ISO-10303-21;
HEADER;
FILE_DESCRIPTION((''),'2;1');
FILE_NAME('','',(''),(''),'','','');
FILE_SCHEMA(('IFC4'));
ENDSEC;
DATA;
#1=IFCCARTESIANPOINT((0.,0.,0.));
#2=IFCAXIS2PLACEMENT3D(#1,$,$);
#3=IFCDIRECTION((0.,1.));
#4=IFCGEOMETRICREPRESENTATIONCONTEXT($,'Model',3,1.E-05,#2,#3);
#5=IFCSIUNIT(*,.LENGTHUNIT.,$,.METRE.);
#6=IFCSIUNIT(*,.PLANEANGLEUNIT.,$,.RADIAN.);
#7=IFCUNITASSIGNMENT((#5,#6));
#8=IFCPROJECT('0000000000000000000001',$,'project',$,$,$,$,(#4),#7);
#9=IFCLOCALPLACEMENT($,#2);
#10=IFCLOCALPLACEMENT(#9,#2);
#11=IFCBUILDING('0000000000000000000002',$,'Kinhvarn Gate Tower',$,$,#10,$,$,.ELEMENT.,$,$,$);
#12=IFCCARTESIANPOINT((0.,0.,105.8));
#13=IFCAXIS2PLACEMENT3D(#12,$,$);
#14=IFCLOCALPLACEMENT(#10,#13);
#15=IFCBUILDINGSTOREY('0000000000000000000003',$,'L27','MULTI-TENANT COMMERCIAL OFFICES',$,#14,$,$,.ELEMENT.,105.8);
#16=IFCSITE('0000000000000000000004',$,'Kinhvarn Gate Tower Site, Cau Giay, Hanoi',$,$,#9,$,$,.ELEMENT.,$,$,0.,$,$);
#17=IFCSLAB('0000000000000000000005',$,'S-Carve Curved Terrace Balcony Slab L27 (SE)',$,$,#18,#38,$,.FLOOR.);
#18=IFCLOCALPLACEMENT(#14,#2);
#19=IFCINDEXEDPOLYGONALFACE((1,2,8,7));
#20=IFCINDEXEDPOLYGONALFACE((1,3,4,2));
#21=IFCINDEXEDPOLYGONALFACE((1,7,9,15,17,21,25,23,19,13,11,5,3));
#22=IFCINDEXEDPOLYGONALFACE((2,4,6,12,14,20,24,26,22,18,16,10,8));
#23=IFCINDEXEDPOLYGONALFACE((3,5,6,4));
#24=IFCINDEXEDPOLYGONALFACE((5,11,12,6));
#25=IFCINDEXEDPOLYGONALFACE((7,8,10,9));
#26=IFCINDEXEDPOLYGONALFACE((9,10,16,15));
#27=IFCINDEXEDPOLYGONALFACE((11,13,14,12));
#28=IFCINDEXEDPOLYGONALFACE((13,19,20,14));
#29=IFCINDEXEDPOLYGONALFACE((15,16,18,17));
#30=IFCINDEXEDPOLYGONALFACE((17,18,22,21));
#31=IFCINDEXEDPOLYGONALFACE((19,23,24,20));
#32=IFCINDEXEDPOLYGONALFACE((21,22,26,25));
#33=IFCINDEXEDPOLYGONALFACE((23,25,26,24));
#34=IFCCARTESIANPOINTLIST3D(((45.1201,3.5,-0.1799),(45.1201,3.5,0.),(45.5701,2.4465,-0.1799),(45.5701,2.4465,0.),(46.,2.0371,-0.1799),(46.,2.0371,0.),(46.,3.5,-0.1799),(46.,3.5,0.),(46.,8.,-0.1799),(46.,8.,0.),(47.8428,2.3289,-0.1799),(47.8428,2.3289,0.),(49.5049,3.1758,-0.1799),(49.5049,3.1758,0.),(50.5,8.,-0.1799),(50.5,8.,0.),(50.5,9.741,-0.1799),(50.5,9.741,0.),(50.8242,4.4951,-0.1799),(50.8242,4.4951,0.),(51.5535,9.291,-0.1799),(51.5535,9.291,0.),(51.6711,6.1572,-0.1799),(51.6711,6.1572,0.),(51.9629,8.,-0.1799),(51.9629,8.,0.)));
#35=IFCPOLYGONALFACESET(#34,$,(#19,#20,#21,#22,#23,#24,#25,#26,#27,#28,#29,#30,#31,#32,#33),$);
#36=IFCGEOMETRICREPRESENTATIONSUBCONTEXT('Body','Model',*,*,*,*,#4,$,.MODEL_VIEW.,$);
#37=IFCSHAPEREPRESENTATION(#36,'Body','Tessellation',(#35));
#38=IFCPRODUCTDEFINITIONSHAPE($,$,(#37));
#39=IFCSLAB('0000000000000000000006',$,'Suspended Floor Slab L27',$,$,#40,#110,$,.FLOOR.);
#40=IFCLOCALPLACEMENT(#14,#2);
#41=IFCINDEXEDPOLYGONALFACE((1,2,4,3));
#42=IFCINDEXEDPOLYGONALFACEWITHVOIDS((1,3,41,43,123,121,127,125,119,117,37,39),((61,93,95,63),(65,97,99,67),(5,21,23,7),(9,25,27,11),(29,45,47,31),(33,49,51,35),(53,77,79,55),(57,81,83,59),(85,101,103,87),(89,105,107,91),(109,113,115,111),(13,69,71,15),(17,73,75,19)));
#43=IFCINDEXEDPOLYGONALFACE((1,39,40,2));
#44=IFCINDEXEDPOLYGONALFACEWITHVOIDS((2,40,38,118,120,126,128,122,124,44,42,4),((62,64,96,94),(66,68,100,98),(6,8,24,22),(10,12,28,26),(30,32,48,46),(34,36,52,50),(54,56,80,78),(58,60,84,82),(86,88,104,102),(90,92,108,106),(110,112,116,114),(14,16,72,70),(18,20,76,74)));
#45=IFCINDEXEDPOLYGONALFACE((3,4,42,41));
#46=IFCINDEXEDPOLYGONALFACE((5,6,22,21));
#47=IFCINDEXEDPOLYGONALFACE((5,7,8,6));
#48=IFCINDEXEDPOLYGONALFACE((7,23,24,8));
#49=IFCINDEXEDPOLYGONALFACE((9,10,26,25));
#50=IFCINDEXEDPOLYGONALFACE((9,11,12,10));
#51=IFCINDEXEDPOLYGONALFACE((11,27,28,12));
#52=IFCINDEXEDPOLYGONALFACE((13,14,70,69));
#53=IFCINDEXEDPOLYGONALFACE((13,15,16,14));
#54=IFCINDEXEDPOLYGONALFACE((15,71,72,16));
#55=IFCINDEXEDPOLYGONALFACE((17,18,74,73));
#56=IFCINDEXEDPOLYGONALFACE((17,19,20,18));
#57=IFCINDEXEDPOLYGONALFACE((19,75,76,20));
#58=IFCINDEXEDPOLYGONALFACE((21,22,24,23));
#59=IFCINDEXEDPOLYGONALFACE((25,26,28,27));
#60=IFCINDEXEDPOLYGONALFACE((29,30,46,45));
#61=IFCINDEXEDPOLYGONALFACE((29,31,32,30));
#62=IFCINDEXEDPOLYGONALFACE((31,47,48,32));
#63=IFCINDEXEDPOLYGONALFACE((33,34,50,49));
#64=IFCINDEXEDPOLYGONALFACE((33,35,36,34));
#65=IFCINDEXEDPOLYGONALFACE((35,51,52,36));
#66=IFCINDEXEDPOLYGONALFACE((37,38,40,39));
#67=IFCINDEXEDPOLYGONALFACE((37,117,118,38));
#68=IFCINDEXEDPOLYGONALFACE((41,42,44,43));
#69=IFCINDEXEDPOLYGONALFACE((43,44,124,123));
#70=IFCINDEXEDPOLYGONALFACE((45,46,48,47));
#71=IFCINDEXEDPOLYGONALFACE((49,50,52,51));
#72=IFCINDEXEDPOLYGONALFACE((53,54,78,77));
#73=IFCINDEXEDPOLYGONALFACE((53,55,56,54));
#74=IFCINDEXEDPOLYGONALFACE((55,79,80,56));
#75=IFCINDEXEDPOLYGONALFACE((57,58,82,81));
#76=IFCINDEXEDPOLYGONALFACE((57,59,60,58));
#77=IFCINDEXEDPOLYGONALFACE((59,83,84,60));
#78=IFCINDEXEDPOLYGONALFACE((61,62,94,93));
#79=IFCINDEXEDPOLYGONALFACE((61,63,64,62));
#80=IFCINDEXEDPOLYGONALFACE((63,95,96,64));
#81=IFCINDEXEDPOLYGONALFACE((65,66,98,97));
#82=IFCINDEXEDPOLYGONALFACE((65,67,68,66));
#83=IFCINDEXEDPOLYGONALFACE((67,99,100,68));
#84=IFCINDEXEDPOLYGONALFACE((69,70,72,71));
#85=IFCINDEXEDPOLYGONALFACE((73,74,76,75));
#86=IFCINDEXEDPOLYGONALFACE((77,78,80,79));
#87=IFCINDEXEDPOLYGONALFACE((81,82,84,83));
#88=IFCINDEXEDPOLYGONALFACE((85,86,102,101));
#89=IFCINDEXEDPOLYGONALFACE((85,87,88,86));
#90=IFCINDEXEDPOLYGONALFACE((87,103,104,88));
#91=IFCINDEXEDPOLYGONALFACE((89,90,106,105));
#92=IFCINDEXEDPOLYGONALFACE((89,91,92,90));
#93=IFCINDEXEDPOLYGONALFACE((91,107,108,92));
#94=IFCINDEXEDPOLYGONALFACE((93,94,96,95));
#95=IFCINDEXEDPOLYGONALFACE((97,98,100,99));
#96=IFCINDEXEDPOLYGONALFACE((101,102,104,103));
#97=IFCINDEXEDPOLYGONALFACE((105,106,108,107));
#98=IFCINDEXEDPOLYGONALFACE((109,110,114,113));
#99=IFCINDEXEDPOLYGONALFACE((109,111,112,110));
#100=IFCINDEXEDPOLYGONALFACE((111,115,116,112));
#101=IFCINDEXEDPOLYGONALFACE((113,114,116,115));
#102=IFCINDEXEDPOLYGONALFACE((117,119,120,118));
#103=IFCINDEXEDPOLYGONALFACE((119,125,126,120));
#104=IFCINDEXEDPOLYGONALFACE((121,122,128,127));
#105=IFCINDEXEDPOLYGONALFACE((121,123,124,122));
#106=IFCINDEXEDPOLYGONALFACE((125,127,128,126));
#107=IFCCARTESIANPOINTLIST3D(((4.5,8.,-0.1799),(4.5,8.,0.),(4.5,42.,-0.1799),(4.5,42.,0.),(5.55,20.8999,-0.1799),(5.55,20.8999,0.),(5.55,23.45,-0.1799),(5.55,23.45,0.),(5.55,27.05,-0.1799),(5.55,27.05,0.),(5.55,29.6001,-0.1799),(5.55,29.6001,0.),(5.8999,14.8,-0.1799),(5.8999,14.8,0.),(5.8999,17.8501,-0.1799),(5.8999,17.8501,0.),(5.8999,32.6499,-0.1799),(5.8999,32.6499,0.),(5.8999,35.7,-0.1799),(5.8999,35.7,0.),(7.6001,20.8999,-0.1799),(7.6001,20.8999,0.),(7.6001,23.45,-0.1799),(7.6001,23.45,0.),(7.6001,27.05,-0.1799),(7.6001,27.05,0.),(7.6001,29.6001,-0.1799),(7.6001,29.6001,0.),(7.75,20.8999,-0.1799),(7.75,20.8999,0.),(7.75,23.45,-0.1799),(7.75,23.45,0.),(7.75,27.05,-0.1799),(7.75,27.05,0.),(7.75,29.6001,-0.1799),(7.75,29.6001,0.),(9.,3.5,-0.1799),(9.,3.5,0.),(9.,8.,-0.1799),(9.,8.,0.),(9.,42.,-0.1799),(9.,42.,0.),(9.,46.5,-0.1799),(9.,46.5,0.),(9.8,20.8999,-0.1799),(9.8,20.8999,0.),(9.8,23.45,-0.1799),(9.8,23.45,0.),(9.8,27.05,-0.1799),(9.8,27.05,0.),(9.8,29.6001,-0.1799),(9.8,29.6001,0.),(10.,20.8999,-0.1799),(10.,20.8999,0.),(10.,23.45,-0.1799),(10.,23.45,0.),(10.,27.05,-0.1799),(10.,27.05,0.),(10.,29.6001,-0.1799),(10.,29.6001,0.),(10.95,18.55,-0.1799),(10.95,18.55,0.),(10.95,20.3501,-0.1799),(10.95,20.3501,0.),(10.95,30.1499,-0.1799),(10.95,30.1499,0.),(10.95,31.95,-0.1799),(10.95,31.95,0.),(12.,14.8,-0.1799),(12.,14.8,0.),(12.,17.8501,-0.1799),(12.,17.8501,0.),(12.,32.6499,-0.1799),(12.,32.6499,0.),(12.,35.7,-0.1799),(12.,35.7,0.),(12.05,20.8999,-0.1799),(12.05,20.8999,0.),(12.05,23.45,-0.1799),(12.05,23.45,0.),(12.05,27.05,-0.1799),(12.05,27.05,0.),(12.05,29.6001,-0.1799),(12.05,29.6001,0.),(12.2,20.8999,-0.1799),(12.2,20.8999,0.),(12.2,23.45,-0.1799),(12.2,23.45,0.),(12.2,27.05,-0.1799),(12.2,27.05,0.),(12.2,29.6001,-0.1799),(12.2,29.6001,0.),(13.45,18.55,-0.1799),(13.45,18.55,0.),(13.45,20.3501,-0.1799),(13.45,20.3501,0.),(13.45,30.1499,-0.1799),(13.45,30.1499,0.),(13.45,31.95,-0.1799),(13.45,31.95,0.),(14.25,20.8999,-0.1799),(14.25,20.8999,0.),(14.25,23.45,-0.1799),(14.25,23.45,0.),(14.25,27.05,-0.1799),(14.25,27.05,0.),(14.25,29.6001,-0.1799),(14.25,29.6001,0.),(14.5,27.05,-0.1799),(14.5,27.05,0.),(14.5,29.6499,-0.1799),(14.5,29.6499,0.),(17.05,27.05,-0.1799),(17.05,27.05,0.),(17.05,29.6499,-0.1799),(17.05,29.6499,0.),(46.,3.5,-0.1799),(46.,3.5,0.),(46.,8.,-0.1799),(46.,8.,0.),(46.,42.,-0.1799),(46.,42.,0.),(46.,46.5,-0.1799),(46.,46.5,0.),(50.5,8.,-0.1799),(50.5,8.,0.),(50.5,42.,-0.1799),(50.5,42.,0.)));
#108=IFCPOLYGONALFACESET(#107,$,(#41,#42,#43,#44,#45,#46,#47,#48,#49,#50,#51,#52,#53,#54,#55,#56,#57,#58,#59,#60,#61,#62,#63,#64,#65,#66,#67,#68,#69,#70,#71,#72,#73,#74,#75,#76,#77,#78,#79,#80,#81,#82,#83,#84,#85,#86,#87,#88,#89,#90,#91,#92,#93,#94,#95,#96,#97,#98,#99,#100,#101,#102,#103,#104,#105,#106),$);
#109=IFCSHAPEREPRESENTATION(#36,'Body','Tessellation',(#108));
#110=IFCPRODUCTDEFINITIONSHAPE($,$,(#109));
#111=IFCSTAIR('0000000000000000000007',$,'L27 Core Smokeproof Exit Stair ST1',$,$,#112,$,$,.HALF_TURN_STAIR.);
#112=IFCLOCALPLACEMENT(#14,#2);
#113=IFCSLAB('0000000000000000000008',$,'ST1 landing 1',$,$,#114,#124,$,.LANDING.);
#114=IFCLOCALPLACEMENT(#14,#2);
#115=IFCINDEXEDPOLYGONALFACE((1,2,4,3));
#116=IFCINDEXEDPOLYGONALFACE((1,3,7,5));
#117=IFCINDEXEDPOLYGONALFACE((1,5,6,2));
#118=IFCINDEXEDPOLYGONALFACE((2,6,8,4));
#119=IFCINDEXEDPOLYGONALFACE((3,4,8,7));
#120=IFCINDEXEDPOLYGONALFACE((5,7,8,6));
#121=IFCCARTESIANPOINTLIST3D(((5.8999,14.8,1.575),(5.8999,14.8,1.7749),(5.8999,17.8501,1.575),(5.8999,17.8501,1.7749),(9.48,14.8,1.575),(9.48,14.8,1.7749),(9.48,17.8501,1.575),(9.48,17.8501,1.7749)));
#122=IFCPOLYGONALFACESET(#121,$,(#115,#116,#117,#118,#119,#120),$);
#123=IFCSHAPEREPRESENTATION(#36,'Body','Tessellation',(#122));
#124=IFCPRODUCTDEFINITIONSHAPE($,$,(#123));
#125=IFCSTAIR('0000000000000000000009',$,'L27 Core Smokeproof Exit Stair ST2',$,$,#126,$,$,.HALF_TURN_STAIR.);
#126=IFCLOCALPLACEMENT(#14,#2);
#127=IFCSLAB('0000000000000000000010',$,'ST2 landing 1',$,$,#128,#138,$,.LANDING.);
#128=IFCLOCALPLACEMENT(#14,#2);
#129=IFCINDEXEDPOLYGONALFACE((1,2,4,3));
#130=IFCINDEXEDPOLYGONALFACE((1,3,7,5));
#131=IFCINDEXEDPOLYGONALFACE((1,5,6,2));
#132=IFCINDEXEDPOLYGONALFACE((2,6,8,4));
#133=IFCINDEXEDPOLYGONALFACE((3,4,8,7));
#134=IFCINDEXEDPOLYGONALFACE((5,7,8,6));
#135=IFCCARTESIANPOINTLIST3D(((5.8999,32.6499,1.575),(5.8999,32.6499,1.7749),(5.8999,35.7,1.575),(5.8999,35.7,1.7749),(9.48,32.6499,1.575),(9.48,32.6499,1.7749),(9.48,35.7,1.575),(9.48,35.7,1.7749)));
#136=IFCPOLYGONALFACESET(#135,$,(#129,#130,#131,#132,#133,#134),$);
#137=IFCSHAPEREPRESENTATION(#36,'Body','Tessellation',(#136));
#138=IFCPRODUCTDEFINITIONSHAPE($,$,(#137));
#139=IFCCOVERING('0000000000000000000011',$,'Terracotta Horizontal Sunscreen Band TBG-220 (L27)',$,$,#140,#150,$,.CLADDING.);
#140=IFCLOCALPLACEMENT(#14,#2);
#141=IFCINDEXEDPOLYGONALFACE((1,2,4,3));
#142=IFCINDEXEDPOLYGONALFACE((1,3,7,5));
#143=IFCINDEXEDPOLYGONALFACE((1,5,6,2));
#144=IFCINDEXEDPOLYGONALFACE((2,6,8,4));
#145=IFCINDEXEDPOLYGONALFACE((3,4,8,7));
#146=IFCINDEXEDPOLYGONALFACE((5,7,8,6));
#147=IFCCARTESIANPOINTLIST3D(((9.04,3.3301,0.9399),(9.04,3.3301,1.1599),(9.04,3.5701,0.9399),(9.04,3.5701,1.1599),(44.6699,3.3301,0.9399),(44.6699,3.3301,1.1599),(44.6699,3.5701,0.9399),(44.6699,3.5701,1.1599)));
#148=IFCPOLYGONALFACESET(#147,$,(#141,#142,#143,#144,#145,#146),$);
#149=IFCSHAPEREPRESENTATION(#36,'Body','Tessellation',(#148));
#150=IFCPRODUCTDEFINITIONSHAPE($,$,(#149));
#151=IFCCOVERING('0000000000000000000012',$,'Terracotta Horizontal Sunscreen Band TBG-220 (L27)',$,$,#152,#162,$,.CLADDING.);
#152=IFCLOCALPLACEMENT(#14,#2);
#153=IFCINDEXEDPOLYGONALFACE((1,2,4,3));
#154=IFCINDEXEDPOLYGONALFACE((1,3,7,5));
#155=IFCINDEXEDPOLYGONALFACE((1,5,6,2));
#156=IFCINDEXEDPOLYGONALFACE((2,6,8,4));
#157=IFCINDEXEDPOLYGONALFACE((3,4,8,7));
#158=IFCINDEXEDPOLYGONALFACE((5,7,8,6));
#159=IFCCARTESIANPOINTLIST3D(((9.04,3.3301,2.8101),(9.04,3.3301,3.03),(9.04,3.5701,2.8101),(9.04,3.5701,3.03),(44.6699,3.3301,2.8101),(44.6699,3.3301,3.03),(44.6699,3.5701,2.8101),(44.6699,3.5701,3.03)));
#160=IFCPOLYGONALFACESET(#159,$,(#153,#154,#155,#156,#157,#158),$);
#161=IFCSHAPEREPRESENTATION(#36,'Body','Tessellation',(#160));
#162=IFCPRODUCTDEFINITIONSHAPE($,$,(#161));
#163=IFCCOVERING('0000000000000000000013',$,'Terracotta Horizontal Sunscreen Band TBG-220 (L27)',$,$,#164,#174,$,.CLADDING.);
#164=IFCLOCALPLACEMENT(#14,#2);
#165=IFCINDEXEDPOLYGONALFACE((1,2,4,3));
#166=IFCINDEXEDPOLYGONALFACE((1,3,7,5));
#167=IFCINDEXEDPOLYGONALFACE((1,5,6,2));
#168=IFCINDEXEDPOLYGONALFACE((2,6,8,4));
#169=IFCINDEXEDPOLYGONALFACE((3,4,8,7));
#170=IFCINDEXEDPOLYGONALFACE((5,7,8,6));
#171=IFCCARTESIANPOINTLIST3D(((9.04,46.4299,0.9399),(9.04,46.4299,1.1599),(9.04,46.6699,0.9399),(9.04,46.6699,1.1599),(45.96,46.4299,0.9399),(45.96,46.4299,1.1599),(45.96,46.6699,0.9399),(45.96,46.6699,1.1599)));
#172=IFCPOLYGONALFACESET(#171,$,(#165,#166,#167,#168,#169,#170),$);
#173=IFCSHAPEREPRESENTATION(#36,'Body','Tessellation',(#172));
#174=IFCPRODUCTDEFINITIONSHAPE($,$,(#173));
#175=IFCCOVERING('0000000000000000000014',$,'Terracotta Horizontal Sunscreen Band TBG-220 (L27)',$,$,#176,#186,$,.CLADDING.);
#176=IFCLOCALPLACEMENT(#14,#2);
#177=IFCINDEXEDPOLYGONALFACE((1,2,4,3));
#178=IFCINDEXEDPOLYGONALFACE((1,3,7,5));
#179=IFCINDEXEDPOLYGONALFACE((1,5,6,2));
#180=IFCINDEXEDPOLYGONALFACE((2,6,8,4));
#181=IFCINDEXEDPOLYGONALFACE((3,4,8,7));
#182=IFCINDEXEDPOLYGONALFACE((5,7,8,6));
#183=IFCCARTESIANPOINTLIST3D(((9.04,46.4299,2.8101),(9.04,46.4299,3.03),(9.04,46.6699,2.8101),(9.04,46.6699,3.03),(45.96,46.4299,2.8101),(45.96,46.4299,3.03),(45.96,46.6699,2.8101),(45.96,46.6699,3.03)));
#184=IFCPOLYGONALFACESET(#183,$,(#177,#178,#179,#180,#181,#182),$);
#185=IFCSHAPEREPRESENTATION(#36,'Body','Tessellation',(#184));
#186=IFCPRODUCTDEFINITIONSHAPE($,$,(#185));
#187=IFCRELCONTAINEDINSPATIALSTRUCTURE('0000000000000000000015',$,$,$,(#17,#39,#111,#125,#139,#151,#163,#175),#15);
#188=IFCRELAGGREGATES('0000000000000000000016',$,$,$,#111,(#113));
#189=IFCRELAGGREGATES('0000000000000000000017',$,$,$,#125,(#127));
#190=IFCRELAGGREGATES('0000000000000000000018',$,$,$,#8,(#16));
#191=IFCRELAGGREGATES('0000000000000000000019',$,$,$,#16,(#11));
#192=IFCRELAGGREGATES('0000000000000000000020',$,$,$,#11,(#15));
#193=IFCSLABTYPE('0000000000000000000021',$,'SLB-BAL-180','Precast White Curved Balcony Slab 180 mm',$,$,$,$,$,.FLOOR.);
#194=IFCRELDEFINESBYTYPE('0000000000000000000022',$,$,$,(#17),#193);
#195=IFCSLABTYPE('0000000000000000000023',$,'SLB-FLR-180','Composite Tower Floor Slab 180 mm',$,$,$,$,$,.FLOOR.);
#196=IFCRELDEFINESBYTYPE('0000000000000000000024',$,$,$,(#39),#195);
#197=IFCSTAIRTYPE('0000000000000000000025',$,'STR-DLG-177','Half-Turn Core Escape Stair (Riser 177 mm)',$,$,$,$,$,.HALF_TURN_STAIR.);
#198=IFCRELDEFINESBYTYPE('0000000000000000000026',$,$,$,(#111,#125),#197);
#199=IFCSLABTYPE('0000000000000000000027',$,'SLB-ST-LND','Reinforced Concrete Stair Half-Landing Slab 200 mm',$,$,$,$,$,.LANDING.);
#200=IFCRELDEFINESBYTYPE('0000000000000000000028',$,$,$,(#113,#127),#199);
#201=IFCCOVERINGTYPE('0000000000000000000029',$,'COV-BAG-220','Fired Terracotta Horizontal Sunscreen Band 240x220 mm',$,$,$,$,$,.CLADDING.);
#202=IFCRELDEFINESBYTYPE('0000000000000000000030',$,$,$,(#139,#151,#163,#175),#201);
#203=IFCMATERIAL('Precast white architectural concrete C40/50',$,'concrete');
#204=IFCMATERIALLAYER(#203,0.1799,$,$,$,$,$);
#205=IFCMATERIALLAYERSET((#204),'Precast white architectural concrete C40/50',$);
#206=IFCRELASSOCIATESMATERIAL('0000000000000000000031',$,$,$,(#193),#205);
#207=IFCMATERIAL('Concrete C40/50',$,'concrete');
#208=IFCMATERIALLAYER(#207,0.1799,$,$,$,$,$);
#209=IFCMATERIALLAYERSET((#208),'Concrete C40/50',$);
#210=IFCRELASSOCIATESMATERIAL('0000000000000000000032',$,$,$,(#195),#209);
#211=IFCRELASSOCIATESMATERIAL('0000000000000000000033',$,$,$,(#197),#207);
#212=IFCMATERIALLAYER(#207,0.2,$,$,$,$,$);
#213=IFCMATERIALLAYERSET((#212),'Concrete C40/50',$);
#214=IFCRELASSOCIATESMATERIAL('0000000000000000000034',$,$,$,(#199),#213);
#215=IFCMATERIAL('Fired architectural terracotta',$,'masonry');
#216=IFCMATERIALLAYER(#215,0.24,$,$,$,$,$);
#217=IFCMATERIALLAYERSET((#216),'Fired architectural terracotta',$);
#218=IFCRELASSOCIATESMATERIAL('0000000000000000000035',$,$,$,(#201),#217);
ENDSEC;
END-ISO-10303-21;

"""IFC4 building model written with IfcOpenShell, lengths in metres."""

from ifc_helpers import new_model, si_unit, direction, frame, origin, place, context, subcontext, project, spatial, polyline, outline, extrude, material, layer, layer_set, type_object, element, aggregate, save


model = new_model("IFC4")

# Units and contexts
model_context = context("Model", 3, precision=1e-05, world=origin(), true_north=direction((0.0, 1.0)))
body_context = subcontext(model_context, "Body", "Model", "MODEL_VIEW")
ifc_project = project(units=[si_unit("LENGTHUNIT", "METRE"), si_unit("PLANEANGLEUNIT", "RADIAN")], contexts=[model_context])

# Site, building, storey
site_placement = place(None, origin())
site = spatial("IfcSite", under=ifc_project, at=site_placement, Name="Kinhvarn Gate Tower Site, Cau Giay, Hanoi", CompositionType="ELEMENT", RefElevation=0.0)
building_placement = place(site_placement, origin())
building = spatial("IfcBuilding", under=site, at=building_placement, Name="Kinhvarn Gate Tower", CompositionType="ELEMENT")
storey_placement = place(building_placement, frame((0.0, 0.0, 105.8)))
storey = spatial("IfcBuildingStorey", under=building, at=storey_placement, Name="L27", Description="MULTI-TENANT COMMERCIAL OFFICES", CompositionType="ELEMENT", Elevation=105.8)

# Slabs
ifc_material_1 = material(Name="Precast white architectural concrete C40/50", Category="concrete")
ifc_layer_1 = layer(ifc_material_1, 0.1799)
ifc_layer_set_1 = layer_set([ifc_layer_1], Name="Precast white architectural concrete C40/50")
slab_type_1 = type_object("IfcSlabType", Name="SLB-BAL-180", Description="Precast White Curved Balcony Slab 180 mm", PredefinedType="FLOOR", material=ifc_layer_set_1)
slab_1_placement = place(storey_placement, frame((0.0, 0.0, -0.1799)))
element("IfcSlab", 1, at=slab_1_placement, inside=storey, type_object=slab_type_1, Name="S-Carve Curved Terrace Balcony Slab L27 (SE)", PredefinedType="FLOOR", context=body_context, shape_type="SweptSolid", body=[
    extrude(outline(polyline([(45.1201, 3.5), (45.5701, 2.4465), (46.0, 2.0371), (47.8428, 2.3289), (49.5049, 3.1758), (50.8242, 4.4951), (51.6711, 6.1572), (51.9629, 8.0), (51.5535, 9.291), (50.5, 9.741), (50.5, 8.0), (46.0, 8.0), (46.0, 3.5), (45.1201, 3.5)])), origin(), (0.0, 0.0, 1.0), 0.1799),
])
ifc_material_2 = material(Name="Concrete C40/50", Category="concrete")
ifc_layer_2 = layer(ifc_material_2, 0.1799)
ifc_layer_set_2 = layer_set([ifc_layer_2], Name="Concrete C40/50")
slab_type_2 = type_object("IfcSlabType", Name="SLB-FLR-180", Description="Composite Tower Floor Slab 180 mm", PredefinedType="FLOOR", material=ifc_layer_set_2)
slab_2_placement = place(storey_placement, frame((0.0, 0.0, -0.1799)))
element("IfcSlab", 2, at=slab_2_placement, inside=storey, type_object=slab_type_2, Name="Suspended Floor Slab L27", PredefinedType="FLOOR", context=body_context, shape_type="SweptSolid", body=[
    extrude(outline(polyline([(9.0, 3.5), (46.0, 3.5), (46.0, 8.0), (50.5, 8.0), (50.5, 42.0), (46.0, 42.0), (46.0, 46.5), (9.0, 46.5), (9.0, 42.0), (4.5, 42.0), (4.5, 8.0), (9.0, 8.0), (9.0, 3.5)]), holes=[polyline([(5.8999, 14.8), (12.0, 14.8), (12.0, 17.8501), (5.8999, 17.8501), (5.8999, 14.8)]), polyline([(5.8999, 32.6499), (12.0, 32.6499), (12.0, 35.7), (5.8999, 35.7), (5.8999, 32.6499)]), polyline([(5.55, 20.8999), (7.6001, 20.8999), (7.6001, 23.45), (5.55, 23.45), (5.55, 20.8999)]), polyline([(7.75, 20.8999), (9.8, 20.8999), (9.8, 23.45), (7.75, 23.45), (7.75, 20.8999)]), polyline([(5.55, 27.05), (7.6001, 27.05), (7.6001, 29.6001), (5.55, 29.6001), (5.55, 27.05)]), polyline([(7.75, 27.05), (9.8, 27.05), (9.8, 29.6001), (7.75, 29.6001), (7.75, 27.05)]), polyline([(10.0, 20.8999), (12.05, 20.8999), (12.05, 23.45), (10.0, 23.45), (10.0, 20.8999)]), polyline([(12.2, 20.8999), (14.25, 20.8999), (14.25, 23.45), (12.2, 23.45), (12.2, 20.8999)]), polyline([(10.0, 27.05), (12.05, 27.05), (12.05, 29.6001), (10.0, 29.6001), (10.0, 27.05)]), polyline([(12.2, 27.05), (14.25, 27.05), (14.25, 29.6001), (12.2, 29.6001), (12.2, 27.05)]), polyline([(14.5, 27.05), (17.05, 27.05), (17.05, 29.6499), (14.5, 29.6499), (14.5, 27.05)]), polyline([(10.95, 18.55), (13.45, 18.55), (13.45, 20.3501), (10.95, 20.3501), (10.95, 18.55)]), polyline([(10.95, 30.1499), (13.45, 30.1499), (13.45, 31.95), (10.95, 31.95), (10.95, 30.1499)])]), origin(), (0.0, 0.0, 1.0), 0.1799),
])

# Stairs, slabs
stair_type = type_object("IfcStairType", Name="STR-DLG-177", Description="Half-Turn Core Escape Stair (Riser 177 mm)", PredefinedType="HALF_TURN_STAIR", material=ifc_material_2)
stair_1_placement = place(storey_placement, origin())
stair_1 = element("IfcStair", 3, at=stair_1_placement, inside=storey, type_object=stair_type, Name="L27 Core Smokeproof Exit Stair ST1", PredefinedType="HALF_TURN_STAIR")
ifc_layer_3 = layer(ifc_material_2, 0.2)
ifc_layer_set_3 = layer_set([ifc_layer_3], Name="Concrete C40/50")
slab_type_3 = type_object("IfcSlabType", Name="SLB-ST-LND", Description="Reinforced Concrete Stair Half-Landing Slab 200 mm", PredefinedType="LANDING", material=ifc_layer_set_3)
slab_3_placement = place(storey_placement, frame((0.0, 0.0, 1.575)))
slab_3 = element("IfcSlab", 4, at=slab_3_placement, type_object=slab_type_3, Name="ST1 landing 1", PredefinedType="LANDING", context=body_context, shape_type="SweptSolid", body=[
    extrude(outline(polyline([(9.48, 17.8501), (5.8999, 17.8501), (5.8999, 14.8), (9.48, 14.8), (9.48, 17.8501)])), origin(), (0.0, 0.0, 1.0), 0.2),
])
aggregate(stair_1, [slab_3])
stair_2_placement = place(storey_placement, origin())
stair_2 = element("IfcStair", 5, at=stair_2_placement, inside=storey, type_object=stair_type, Name="L27 Core Smokeproof Exit Stair ST2", PredefinedType="HALF_TURN_STAIR")
slab_4_placement = place(storey_placement, frame((0.0, 0.0, 1.575)))
slab_4 = element("IfcSlab", 6, at=slab_4_placement, type_object=slab_type_3, Name="ST2 landing 1", PredefinedType="LANDING", context=body_context, shape_type="SweptSolid", body=[
    extrude(outline(polyline([(9.48, 35.7), (5.8999, 35.7), (5.8999, 32.6499), (9.48, 32.6499), (9.48, 35.7)])), origin(), (0.0, 0.0, 1.0), 0.2),
])
aggregate(stair_2, [slab_4])

# Coverings
ifc_material_3 = material(Name="Fired architectural terracotta", Category="masonry")
ifc_layer_4 = layer(ifc_material_3, 0.24)
ifc_layer_set_4 = layer_set([ifc_layer_4], Name="Fired architectural terracotta")
covering_type_1 = type_object("IfcCoveringType", Name="COV-BAG-220", Description="Fired Terracotta Horizontal Sunscreen Band 240x220 mm", PredefinedType="CLADDING", material=ifc_layer_set_4)
for number, where, name in (
    (7, (0.0, 0.0, 0.9399), "Terracotta Horizontal Sunscreen Band TBG-220 (L27)"),
    (8, (0.0, 0.0, 2.8101), "Terracotta Horizontal Sunscreen Band TBG-220 (L27)"),
):
    element("IfcCovering", number, at=place(storey_placement, frame(where)), inside=storey, type_object=covering_type_1, Name=name, PredefinedType="CLADDING", context=body_context, shape_type="SweptSolid", body=[
        extrude(outline(polyline([(9.04, 3.5701), (44.6699, 3.5701), (44.6699, 3.3301), (9.04, 3.3301), (9.04, 3.5701)])), origin(), (0.0, 0.0, 1.0), 0.22),
    ])
for number, where, name in (
    (9, (0.0, 0.0, 0.9399), "Terracotta Horizontal Sunscreen Band TBG-220 (L27)"),
    (10, (0.0, 0.0, 2.8101), "Terracotta Horizontal Sunscreen Band TBG-220 (L27)"),
):
    element("IfcCovering", number, at=place(storey_placement, frame(where)), inside=storey, type_object=covering_type_1, Name=name, PredefinedType="CLADDING", context=body_context, shape_type="SweptSolid", body=[
        extrude(outline(polyline([(45.96, 46.4299), (9.04, 46.4299), (9.04, 46.6699), (45.96, 46.6699), (45.96, 46.4299)])), origin(), (0.0, 0.0, 1.0), 0.22),
    ])

save(model, "model.ifc")
